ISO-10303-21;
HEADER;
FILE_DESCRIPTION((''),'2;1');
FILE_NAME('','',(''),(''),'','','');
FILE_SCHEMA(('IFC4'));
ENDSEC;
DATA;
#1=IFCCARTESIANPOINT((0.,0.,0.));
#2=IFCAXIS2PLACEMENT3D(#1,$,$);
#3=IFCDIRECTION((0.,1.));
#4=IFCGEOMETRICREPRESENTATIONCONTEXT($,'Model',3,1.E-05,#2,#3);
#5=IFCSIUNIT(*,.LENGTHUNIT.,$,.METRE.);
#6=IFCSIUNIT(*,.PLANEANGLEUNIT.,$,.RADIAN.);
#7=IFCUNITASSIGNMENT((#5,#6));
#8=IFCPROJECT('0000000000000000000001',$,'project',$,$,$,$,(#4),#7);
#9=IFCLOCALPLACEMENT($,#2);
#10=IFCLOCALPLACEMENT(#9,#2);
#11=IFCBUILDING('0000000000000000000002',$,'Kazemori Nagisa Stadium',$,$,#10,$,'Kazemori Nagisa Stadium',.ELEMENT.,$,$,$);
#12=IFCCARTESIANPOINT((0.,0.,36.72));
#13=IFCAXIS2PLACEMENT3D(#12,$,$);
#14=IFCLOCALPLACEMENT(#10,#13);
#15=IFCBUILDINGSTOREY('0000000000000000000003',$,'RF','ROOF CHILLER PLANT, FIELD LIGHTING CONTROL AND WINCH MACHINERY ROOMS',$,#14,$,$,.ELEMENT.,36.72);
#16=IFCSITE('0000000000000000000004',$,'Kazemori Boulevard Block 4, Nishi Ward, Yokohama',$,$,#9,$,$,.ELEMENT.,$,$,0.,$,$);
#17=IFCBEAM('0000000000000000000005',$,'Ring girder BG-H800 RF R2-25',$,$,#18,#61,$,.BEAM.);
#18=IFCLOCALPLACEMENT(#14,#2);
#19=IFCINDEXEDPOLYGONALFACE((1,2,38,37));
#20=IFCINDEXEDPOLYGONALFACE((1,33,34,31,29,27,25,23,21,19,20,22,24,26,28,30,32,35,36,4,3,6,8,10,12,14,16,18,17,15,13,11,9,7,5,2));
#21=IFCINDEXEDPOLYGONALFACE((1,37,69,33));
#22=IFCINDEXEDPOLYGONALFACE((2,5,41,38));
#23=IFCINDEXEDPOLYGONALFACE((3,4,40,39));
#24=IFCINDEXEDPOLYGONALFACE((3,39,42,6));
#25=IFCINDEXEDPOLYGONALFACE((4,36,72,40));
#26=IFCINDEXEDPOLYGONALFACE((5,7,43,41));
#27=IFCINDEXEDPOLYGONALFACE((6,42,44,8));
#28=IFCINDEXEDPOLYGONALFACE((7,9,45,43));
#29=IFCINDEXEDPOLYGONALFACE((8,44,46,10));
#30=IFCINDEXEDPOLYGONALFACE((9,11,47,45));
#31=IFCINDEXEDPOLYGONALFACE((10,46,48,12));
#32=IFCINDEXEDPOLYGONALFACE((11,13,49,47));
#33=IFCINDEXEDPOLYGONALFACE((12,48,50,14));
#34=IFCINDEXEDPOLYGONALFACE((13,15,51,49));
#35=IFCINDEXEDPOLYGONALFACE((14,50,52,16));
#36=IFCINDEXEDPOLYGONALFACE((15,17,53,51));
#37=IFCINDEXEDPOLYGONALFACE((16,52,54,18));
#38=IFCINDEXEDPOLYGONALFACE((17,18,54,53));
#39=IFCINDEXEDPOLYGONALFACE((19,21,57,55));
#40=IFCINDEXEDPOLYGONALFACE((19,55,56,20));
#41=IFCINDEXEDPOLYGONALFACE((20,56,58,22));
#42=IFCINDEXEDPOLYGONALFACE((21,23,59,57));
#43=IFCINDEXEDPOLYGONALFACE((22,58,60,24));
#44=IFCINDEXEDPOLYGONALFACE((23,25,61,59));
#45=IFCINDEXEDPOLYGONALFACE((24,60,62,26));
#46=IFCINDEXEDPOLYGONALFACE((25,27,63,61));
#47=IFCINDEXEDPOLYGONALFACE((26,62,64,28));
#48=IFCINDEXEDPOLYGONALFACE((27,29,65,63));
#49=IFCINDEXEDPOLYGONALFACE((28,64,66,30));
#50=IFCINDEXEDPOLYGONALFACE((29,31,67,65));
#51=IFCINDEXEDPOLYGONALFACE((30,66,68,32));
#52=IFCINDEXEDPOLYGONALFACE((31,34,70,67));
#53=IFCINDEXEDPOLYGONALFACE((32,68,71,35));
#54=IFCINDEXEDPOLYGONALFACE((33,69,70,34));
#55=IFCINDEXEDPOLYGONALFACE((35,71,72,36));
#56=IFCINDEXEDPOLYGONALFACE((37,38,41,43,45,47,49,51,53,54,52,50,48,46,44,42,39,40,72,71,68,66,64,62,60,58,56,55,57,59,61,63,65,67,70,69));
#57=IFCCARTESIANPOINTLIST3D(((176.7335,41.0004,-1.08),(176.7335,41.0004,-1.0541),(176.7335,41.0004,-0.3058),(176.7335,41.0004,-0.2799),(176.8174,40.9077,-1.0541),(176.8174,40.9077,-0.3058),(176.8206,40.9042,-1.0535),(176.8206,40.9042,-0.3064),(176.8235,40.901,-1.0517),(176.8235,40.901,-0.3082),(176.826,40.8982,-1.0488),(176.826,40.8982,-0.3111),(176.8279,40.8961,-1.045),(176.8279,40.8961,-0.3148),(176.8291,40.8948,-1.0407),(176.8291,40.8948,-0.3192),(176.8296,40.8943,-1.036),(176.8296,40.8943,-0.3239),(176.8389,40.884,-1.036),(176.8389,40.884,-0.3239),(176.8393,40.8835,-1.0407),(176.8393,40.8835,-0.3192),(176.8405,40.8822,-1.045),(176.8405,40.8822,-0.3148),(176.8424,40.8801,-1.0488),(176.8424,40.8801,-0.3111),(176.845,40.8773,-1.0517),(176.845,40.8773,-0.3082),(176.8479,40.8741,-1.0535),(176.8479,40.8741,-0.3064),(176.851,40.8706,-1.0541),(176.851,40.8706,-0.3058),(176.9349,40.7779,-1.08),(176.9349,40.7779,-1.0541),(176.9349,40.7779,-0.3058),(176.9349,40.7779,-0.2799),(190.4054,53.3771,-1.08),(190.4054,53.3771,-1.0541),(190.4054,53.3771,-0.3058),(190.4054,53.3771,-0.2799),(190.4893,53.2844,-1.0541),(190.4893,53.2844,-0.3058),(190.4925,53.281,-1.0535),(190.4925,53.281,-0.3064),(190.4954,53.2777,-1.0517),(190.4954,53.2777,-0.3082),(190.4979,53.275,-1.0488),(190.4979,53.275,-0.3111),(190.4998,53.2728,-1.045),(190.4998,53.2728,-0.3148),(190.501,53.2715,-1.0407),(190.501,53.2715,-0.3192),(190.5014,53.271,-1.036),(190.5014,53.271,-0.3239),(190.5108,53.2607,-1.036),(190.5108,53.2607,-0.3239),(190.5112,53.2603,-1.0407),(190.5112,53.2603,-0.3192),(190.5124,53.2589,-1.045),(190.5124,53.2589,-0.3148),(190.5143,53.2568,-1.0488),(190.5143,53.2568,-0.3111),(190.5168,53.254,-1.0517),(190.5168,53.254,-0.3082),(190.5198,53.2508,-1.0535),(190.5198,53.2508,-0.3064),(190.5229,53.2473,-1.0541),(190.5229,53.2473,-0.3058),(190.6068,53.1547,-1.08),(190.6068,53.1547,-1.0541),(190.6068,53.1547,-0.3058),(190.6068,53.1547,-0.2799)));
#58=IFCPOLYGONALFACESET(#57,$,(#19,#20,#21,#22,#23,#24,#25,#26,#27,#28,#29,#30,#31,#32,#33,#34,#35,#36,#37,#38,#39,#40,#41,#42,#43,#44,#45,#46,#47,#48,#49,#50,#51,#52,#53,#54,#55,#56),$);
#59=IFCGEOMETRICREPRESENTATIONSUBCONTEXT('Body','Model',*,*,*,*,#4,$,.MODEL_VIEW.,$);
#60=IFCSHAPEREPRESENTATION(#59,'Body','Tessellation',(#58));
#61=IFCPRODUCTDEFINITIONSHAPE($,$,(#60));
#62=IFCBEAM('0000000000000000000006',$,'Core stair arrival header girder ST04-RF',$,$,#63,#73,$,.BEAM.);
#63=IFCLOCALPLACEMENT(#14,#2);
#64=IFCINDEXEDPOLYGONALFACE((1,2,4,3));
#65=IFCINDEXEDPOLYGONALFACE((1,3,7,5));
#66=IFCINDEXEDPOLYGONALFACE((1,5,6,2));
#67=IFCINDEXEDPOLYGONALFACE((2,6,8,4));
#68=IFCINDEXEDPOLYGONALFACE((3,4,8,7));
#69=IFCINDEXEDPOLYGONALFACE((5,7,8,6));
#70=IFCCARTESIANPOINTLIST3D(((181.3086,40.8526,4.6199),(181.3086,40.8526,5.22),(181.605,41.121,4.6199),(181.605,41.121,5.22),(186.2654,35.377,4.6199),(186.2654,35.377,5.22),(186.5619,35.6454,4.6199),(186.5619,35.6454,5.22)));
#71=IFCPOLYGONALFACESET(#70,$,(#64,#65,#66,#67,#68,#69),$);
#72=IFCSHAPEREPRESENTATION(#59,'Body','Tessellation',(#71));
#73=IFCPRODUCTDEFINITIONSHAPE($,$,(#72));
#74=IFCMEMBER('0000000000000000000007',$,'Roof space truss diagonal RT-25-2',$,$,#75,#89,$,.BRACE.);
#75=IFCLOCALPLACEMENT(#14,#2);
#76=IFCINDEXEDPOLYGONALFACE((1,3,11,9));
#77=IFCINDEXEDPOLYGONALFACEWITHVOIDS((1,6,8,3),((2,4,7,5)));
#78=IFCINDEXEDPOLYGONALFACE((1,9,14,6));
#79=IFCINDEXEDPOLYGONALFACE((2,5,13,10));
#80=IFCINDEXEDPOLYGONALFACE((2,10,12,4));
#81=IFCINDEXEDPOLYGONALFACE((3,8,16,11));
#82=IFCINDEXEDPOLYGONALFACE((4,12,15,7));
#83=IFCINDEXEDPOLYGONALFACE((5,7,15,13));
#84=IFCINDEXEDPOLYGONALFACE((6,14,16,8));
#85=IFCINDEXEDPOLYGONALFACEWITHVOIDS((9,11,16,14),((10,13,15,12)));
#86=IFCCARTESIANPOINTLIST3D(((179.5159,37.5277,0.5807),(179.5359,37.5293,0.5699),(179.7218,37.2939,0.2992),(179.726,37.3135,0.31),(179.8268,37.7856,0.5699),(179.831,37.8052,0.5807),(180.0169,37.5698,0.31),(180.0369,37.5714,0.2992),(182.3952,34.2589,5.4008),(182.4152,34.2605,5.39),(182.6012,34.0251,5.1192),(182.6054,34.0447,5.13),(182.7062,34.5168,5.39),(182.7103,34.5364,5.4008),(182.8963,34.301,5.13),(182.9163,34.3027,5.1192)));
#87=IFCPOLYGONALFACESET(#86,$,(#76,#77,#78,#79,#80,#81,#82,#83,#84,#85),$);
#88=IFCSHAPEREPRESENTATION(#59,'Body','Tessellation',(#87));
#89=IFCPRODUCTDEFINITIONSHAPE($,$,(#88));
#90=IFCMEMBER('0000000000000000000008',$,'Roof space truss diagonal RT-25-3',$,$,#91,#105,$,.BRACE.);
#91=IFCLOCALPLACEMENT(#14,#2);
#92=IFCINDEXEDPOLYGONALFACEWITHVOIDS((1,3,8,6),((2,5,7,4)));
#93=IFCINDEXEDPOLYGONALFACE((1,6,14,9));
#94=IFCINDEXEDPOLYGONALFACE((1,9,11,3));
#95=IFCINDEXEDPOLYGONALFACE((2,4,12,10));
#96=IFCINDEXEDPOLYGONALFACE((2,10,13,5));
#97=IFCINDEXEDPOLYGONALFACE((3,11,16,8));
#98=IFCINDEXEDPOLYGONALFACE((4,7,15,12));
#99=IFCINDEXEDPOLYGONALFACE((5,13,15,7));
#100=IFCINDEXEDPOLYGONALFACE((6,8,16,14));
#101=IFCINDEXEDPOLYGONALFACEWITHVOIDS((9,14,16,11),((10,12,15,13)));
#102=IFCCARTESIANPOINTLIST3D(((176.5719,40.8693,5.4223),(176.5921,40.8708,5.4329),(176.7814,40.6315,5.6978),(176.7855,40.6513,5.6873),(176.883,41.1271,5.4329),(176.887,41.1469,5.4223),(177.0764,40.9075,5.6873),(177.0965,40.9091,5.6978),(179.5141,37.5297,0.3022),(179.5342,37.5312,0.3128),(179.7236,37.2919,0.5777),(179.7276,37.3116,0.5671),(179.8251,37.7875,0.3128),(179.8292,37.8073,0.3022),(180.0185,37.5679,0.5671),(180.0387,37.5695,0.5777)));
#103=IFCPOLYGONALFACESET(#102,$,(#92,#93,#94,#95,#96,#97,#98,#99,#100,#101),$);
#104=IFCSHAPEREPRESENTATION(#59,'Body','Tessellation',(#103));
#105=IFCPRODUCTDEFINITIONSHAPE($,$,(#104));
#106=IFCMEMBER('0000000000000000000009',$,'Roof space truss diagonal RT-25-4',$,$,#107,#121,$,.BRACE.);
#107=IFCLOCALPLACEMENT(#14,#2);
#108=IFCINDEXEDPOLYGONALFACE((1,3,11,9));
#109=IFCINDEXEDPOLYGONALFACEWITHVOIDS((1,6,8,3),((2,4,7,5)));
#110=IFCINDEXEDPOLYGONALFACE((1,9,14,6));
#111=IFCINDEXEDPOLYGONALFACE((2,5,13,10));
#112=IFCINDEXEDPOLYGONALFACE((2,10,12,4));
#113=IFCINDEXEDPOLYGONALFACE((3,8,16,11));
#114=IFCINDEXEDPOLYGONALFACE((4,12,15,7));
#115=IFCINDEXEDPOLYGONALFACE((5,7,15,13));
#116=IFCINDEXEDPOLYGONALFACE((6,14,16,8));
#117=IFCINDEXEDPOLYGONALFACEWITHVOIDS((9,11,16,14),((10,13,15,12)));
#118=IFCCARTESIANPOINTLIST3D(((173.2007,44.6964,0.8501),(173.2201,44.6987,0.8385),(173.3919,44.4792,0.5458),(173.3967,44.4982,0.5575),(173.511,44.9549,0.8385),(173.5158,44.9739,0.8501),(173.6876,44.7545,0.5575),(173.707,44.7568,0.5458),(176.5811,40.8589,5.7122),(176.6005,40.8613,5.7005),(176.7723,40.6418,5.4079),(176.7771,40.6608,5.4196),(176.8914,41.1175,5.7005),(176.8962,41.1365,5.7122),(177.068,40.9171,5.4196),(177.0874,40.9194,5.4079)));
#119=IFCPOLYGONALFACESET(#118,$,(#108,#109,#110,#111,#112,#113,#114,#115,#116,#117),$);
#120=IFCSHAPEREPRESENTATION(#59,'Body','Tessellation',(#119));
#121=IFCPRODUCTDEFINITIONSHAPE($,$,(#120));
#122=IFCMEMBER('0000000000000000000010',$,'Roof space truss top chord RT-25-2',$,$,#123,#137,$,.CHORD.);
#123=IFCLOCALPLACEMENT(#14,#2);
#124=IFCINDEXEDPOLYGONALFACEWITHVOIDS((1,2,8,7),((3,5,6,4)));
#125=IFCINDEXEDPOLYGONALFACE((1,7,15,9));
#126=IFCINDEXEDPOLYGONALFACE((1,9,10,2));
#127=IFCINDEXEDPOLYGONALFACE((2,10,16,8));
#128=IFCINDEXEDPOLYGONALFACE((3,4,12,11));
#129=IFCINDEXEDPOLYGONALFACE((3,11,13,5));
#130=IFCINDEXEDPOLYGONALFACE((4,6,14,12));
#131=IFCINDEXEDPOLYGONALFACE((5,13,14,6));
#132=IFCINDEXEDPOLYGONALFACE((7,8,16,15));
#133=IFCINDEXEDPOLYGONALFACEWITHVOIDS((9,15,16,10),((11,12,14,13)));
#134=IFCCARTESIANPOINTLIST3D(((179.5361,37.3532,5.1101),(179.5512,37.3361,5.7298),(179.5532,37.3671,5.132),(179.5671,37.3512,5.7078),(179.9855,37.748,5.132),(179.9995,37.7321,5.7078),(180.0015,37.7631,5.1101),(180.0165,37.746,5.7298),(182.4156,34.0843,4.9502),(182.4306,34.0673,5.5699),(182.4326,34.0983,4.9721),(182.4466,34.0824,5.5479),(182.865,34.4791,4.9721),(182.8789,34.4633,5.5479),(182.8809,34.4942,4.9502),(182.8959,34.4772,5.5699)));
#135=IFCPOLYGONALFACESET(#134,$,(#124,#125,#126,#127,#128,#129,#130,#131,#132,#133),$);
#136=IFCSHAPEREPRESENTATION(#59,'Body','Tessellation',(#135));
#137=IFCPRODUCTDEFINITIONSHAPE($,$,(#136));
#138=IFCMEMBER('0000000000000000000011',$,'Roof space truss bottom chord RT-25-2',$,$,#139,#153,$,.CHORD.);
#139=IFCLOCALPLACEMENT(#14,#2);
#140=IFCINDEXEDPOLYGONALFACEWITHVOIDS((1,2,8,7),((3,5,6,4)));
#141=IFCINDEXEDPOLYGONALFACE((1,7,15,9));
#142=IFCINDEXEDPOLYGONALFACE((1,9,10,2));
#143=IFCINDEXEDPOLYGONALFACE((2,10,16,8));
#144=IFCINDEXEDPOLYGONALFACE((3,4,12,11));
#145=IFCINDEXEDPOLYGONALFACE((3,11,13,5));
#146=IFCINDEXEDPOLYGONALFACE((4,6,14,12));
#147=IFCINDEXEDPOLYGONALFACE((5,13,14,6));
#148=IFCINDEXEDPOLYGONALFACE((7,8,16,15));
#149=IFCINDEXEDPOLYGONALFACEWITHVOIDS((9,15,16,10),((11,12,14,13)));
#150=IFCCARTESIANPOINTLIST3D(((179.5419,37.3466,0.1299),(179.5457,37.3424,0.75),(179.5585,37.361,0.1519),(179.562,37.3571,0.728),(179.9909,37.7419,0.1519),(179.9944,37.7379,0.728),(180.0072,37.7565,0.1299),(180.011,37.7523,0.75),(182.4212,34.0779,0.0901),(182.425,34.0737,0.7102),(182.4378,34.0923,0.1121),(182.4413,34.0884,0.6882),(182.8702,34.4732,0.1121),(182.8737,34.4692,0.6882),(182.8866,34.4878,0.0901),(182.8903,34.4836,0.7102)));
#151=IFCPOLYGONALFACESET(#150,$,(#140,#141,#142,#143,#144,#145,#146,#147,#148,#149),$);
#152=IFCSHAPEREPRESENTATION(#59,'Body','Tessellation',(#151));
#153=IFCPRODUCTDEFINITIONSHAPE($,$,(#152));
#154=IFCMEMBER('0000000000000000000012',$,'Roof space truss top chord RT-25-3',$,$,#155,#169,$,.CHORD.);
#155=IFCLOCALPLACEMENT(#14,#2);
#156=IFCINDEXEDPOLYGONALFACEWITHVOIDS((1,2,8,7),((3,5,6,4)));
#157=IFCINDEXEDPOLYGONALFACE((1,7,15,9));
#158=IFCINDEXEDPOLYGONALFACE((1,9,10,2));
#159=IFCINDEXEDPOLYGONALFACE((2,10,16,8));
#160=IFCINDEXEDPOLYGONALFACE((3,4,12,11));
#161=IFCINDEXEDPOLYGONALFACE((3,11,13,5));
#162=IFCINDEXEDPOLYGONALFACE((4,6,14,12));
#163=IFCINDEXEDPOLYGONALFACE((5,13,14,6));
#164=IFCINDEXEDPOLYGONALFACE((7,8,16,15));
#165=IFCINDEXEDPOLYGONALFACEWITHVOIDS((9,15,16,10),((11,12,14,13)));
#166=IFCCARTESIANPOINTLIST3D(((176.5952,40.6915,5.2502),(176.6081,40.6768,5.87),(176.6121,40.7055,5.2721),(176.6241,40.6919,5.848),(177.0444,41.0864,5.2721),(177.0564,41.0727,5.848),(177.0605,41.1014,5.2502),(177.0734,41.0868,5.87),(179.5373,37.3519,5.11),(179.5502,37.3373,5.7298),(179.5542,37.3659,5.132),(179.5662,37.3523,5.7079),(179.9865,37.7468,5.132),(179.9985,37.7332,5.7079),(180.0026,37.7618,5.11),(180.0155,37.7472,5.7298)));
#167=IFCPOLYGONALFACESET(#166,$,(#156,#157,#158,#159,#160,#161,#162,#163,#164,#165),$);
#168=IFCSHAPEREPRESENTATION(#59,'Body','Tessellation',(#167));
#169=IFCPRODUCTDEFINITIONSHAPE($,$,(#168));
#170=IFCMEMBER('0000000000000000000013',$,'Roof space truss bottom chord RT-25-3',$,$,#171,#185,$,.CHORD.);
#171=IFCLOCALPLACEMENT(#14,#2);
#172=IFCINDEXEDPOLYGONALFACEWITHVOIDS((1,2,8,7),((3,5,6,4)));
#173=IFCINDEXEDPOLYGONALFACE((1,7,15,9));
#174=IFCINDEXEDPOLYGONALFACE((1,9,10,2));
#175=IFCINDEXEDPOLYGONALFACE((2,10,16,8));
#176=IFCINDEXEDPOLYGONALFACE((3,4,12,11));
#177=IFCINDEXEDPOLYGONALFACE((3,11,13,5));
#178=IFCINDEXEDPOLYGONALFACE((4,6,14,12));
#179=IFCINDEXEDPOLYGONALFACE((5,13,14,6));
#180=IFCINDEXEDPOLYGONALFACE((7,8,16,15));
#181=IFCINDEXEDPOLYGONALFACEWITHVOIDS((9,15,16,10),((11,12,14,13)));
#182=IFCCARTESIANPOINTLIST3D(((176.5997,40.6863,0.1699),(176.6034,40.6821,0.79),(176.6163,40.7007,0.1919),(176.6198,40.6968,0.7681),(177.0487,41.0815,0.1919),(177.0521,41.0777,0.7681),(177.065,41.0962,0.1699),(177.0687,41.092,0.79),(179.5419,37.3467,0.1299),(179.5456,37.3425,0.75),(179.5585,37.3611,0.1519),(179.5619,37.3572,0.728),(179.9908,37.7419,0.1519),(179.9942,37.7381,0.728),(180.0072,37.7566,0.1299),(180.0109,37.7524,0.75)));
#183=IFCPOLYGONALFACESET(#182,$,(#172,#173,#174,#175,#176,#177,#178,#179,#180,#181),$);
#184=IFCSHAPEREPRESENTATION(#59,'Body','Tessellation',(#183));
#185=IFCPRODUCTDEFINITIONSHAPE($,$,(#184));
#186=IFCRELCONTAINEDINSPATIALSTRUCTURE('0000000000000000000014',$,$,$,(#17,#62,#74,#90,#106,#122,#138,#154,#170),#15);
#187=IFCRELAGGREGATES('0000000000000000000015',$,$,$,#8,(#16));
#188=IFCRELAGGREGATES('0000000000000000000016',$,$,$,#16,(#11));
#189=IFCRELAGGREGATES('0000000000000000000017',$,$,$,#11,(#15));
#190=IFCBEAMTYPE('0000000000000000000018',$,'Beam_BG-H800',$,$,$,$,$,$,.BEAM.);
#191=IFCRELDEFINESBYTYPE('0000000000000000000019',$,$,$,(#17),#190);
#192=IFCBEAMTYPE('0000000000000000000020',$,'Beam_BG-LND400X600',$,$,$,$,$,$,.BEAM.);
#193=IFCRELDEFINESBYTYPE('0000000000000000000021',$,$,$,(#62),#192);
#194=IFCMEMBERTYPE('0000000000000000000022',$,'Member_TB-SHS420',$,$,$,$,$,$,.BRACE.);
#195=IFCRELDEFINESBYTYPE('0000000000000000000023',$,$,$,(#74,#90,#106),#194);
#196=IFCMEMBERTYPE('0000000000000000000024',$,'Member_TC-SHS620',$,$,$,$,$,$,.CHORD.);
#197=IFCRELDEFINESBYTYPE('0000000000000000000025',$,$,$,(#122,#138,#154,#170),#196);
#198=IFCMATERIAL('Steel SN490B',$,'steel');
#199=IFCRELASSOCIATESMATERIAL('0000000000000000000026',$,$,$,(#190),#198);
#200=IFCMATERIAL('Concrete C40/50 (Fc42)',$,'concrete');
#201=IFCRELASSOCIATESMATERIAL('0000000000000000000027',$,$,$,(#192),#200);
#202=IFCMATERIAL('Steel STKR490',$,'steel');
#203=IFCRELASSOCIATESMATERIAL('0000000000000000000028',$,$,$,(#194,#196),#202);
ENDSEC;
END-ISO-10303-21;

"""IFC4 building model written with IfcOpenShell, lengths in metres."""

from ifc_helpers import new_model, si_unit, direction, frame, origin, origin_2d, place, context, subcontext, project, spatial, rectangle, hollow_rectangle, i_section, extrude, material, material_profile, profile_set, type_object, element, save


model = new_model("IFC4")

# Units and contexts
model_context = context("Model", 3, precision=1e-05, world=origin(), true_north=direction((0.0, 1.0)))
body_context = subcontext(model_context, "Body", "Model", "MODEL_VIEW")
ifc_project = project(units=[si_unit("LENGTHUNIT", "METRE"), si_unit("PLANEANGLEUNIT", "RADIAN")], contexts=[model_context])

# Site, building, storey
site_placement = place(None, origin())
site = spatial("IfcSite", under=ifc_project, at=site_placement, Name="Kazemori Boulevard Block 4, Nishi Ward, Yokohama", CompositionType="ELEMENT", RefElevation=0.0)
building_placement = place(site_placement, origin())
building = spatial("IfcBuilding", under=site, at=building_placement, Name="Kazemori Nagisa Stadium", LongName="Kazemori Nagisa Stadium", CompositionType="ELEMENT")
storey_placement = place(building_placement, frame((0.0, 0.0, 36.72)))
storey = spatial("IfcBuildingStorey", under=building, at=storey_placement, Name="RF", Description="ROOF CHILLER PLANT, FIELD LIGHTING CONTROL AND WINCH MACHINERY ROOMS", CompositionType="ELEMENT", Elevation=36.72)

# Shared definitions
ifc_material_1 = material(Name="Steel SN490B", Category="steel")

# Beams
ifc_material_profile_1 = material_profile(ifc_material_1, i_section(OverallWidth=0.3, OverallDepth=0.8, WebThickness=0.0139, FlangeThickness=0.0259, FilletRadius=0.0181, at=origin_2d()), Name="H-800x300x14x26")
ifc_profile_set_1 = profile_set([ifc_material_profile_1], Name="Steel SN490B")
beam_type_1 = type_object("IfcBeamType", Name="Beam_BG-H800", PredefinedType="BEAM", material=ifc_profile_set_1)
beam_1_placement = place(storey_placement, frame((176.8342, 40.8892, -0.6799), z_axis=(0.741349, 0.67112, 0.0), x_axis=(-0.67112, 0.741349, 0.0)))
element("IfcBeam", 1, at=beam_1_placement, inside=storey, type_object=beam_type_1, Name="Ring girder BG-H800 RF R2-25", PredefinedType="BEAM", context=body_context, shape_type="SweptSolid", body=[
    extrude(i_section(OverallWidth=0.3, OverallDepth=0.8, WebThickness=0.0139, FlangeThickness=0.0259, FilletRadius=0.0181, at=origin_2d()), origin(), (0.0, 0.0, 1.0), 18.4419),
])
ifc_material_2 = material(Name="Concrete C40/50 (Fc42)", Category="concrete")
ifc_material_profile_2 = material_profile(ifc_material_2, rectangle(XDim=0.3999, YDim=0.6001, at=origin_2d()), Name="RC-BM-400x600")
ifc_profile_set_2 = profile_set([ifc_material_profile_2], Name="Concrete C40/50 (Fc42)")
beam_type_2 = type_object("IfcBeamType", Name="Beam_BG-LND400X600", PredefinedType="BEAM", material=ifc_profile_set_2)
beam_2_placement = place(storey_placement, frame((181.4568, 40.9868, 4.9199), z_axis=(0.671113, -0.741355, 0.0), x_axis=(0.741355, 0.671113, 0.0)))
element("IfcBeam", 2, at=beam_2_placement, inside=storey, type_object=beam_type_2, Name="Core stair arrival header girder ST04-RF", PredefinedType="BEAM", context=body_context, shape_type="SweptSolid", body=[
    extrude(rectangle(XDim=0.3999, YDim=0.6001, at=origin_2d()), origin(), (0.0, 0.0, 1.0), 7.386),
])

# Members
ifc_material_3 = material(Name="Steel STKR490", Category="steel")
ifc_material_profile_3 = material_profile(ifc_material_3, hollow_rectangle(XDim=0.4199, YDim=0.4199, WallThickness=0.0161, at=origin_2d()), Name="SHS-420x420x16")
ifc_profile_set_3 = profile_set([ifc_material_profile_3], Name="Steel STKR490")
member_type_1 = type_object("IfcMemberType", Name="Member_TB-SHS420", PredefinedType="BRACE", material=ifc_profile_set_3)
member_1_placement = place(storey_placement, frame((182.6558, 34.2808, 5.26), z_axis=(-0.443199, 0.503136, -0.741909), x_axis=(-0.750389, -0.660997, 0.0)))
element("IfcMember", 3, at=member_1_placement, inside=storey, type_object=member_type_1, Name="Roof space truss diagonal RT-25-2", PredefinedType="BRACE", context=body_context, shape_type="SweptSolid", body=[
    extrude(hollow_rectangle(XDim=0.4199, YDim=0.4199, WallThickness=0.0161, at=origin_2d()), origin(), (0.0, 0.0, 1.0), 6.4968),
])
member_2_placement = place(storey_placement, frame((179.7764, 37.5496, 0.4399), z_axis=(-0.433678, 0.492265, 0.754717), x_axis=(-0.750347, -0.661045, 0.0)))
element("IfcMember", 4, at=member_2_placement, inside=storey, type_object=member_type_1, Name="Roof space truss diagonal RT-25-3", PredefinedType="BRACE", context=body_context, shape_type="SweptSolid", body=[
    extrude(hollow_rectangle(XDim=0.4199, YDim=0.4199, WallThickness=0.0161, at=origin_2d()), origin(), (0.0, 0.0, 1.0), 6.7842),
])
member_3_placement = place(storey_placement, frame((176.8342, 40.8892, 5.5601), z_axis=(-0.479053, 0.543822, -0.689033), x_axis=(-0.750378, -0.661009, 0.0)))
element("IfcMember", 5, at=member_3_placement, inside=storey, type_object=member_type_1, Name="Roof space truss diagonal RT-25-4", PredefinedType="BRACE", context=body_context, shape_type="SweptSolid", body=[
    extrude(hollow_rectangle(XDim=0.4199, YDim=0.4199, WallThickness=0.0161, at=origin_2d()), origin(), (0.0, 0.0, 1.0), 7.0564),
])
ifc_material_profile_4 = material_profile(ifc_material_3, hollow_rectangle(XDim=0.6201, YDim=0.6201, WallThickness=0.022, at=origin_2d()), Name="SHS-620x620x22")
ifc_profile_set_4 = profile_set([ifc_material_profile_4], Name="Steel STKR490")
member_type_2 = type_object("IfcMemberType", Name="Member_TC-SHS620", PredefinedType="CHORD", material=ifc_profile_set_4)
member_4_placement = place(storey_placement, frame((182.6558, 34.2808, 5.26), z_axis=(-0.660552, 0.749884, 0.036685), x_axis=(-0.750389, -0.660997, 0.0)))
element("IfcMember", 6, at=member_4_placement, inside=storey, type_object=member_type_2, Name="Roof space truss top chord RT-25-2", PredefinedType="CHORD", context=body_context, shape_type="SweptSolid", body=[
    extrude(hollow_rectangle(XDim=0.6201, YDim=0.6201, WallThickness=0.022, at=origin_2d()), origin(), (0.0, 0.0, 1.0), 4.3591),
])
member_5_placement = place(storey_placement, frame((182.6558, 34.2808, 0.4001), z_axis=(-0.660969, 0.750357, 0.009135), x_axis=(-0.750389, -0.660997, 0.0)))
element("IfcMember", 7, at=member_5_placement, inside=storey, type_object=member_type_2, Name="Roof space truss bottom chord RT-25-2", PredefinedType="CHORD", context=body_context, shape_type="SweptSolid", body=[
    extrude(hollow_rectangle(XDim=0.6201, YDim=0.6201, WallThickness=0.022, at=origin_2d()), origin(), (0.0, 0.0, 1.0), 4.3562),
])
member_6_placement = place(storey_placement, frame((179.7764, 37.5496, 5.4199), z_axis=(-0.660717, 0.749975, 0.031471), x_axis=(-0.750347, -0.661045, 0.0)))
element("IfcMember", 8, at=member_6_placement, inside=storey, type_object=member_type_2, Name="Roof space truss top chord RT-25-3", PredefinedType="CHORD", context=body_context, shape_type="SweptSolid", body=[
    extrude(hollow_rectangle(XDim=0.6201, YDim=0.6201, WallThickness=0.022, at=origin_2d()), origin(), (0.0, 0.0, 1.0), 4.4529),
])
member_7_placement = place(storey_placement, frame((179.7764, 37.5496, 0.4399), z_axis=(-0.661018, 0.750316, 0.008996), x_axis=(-0.750347, -0.661045, 0.0)))
element("IfcMember", 9, at=member_7_placement, inside=storey, type_object=member_type_2, Name="Roof space truss bottom chord RT-25-3", PredefinedType="CHORD", context=body_context, shape_type="SweptSolid", body=[
    extrude(hollow_rectangle(XDim=0.6201, YDim=0.6201, WallThickness=0.022, at=origin_2d()), origin(), (0.0, 0.0, 1.0), 4.4509),
])

save(model, "model.ifc")
